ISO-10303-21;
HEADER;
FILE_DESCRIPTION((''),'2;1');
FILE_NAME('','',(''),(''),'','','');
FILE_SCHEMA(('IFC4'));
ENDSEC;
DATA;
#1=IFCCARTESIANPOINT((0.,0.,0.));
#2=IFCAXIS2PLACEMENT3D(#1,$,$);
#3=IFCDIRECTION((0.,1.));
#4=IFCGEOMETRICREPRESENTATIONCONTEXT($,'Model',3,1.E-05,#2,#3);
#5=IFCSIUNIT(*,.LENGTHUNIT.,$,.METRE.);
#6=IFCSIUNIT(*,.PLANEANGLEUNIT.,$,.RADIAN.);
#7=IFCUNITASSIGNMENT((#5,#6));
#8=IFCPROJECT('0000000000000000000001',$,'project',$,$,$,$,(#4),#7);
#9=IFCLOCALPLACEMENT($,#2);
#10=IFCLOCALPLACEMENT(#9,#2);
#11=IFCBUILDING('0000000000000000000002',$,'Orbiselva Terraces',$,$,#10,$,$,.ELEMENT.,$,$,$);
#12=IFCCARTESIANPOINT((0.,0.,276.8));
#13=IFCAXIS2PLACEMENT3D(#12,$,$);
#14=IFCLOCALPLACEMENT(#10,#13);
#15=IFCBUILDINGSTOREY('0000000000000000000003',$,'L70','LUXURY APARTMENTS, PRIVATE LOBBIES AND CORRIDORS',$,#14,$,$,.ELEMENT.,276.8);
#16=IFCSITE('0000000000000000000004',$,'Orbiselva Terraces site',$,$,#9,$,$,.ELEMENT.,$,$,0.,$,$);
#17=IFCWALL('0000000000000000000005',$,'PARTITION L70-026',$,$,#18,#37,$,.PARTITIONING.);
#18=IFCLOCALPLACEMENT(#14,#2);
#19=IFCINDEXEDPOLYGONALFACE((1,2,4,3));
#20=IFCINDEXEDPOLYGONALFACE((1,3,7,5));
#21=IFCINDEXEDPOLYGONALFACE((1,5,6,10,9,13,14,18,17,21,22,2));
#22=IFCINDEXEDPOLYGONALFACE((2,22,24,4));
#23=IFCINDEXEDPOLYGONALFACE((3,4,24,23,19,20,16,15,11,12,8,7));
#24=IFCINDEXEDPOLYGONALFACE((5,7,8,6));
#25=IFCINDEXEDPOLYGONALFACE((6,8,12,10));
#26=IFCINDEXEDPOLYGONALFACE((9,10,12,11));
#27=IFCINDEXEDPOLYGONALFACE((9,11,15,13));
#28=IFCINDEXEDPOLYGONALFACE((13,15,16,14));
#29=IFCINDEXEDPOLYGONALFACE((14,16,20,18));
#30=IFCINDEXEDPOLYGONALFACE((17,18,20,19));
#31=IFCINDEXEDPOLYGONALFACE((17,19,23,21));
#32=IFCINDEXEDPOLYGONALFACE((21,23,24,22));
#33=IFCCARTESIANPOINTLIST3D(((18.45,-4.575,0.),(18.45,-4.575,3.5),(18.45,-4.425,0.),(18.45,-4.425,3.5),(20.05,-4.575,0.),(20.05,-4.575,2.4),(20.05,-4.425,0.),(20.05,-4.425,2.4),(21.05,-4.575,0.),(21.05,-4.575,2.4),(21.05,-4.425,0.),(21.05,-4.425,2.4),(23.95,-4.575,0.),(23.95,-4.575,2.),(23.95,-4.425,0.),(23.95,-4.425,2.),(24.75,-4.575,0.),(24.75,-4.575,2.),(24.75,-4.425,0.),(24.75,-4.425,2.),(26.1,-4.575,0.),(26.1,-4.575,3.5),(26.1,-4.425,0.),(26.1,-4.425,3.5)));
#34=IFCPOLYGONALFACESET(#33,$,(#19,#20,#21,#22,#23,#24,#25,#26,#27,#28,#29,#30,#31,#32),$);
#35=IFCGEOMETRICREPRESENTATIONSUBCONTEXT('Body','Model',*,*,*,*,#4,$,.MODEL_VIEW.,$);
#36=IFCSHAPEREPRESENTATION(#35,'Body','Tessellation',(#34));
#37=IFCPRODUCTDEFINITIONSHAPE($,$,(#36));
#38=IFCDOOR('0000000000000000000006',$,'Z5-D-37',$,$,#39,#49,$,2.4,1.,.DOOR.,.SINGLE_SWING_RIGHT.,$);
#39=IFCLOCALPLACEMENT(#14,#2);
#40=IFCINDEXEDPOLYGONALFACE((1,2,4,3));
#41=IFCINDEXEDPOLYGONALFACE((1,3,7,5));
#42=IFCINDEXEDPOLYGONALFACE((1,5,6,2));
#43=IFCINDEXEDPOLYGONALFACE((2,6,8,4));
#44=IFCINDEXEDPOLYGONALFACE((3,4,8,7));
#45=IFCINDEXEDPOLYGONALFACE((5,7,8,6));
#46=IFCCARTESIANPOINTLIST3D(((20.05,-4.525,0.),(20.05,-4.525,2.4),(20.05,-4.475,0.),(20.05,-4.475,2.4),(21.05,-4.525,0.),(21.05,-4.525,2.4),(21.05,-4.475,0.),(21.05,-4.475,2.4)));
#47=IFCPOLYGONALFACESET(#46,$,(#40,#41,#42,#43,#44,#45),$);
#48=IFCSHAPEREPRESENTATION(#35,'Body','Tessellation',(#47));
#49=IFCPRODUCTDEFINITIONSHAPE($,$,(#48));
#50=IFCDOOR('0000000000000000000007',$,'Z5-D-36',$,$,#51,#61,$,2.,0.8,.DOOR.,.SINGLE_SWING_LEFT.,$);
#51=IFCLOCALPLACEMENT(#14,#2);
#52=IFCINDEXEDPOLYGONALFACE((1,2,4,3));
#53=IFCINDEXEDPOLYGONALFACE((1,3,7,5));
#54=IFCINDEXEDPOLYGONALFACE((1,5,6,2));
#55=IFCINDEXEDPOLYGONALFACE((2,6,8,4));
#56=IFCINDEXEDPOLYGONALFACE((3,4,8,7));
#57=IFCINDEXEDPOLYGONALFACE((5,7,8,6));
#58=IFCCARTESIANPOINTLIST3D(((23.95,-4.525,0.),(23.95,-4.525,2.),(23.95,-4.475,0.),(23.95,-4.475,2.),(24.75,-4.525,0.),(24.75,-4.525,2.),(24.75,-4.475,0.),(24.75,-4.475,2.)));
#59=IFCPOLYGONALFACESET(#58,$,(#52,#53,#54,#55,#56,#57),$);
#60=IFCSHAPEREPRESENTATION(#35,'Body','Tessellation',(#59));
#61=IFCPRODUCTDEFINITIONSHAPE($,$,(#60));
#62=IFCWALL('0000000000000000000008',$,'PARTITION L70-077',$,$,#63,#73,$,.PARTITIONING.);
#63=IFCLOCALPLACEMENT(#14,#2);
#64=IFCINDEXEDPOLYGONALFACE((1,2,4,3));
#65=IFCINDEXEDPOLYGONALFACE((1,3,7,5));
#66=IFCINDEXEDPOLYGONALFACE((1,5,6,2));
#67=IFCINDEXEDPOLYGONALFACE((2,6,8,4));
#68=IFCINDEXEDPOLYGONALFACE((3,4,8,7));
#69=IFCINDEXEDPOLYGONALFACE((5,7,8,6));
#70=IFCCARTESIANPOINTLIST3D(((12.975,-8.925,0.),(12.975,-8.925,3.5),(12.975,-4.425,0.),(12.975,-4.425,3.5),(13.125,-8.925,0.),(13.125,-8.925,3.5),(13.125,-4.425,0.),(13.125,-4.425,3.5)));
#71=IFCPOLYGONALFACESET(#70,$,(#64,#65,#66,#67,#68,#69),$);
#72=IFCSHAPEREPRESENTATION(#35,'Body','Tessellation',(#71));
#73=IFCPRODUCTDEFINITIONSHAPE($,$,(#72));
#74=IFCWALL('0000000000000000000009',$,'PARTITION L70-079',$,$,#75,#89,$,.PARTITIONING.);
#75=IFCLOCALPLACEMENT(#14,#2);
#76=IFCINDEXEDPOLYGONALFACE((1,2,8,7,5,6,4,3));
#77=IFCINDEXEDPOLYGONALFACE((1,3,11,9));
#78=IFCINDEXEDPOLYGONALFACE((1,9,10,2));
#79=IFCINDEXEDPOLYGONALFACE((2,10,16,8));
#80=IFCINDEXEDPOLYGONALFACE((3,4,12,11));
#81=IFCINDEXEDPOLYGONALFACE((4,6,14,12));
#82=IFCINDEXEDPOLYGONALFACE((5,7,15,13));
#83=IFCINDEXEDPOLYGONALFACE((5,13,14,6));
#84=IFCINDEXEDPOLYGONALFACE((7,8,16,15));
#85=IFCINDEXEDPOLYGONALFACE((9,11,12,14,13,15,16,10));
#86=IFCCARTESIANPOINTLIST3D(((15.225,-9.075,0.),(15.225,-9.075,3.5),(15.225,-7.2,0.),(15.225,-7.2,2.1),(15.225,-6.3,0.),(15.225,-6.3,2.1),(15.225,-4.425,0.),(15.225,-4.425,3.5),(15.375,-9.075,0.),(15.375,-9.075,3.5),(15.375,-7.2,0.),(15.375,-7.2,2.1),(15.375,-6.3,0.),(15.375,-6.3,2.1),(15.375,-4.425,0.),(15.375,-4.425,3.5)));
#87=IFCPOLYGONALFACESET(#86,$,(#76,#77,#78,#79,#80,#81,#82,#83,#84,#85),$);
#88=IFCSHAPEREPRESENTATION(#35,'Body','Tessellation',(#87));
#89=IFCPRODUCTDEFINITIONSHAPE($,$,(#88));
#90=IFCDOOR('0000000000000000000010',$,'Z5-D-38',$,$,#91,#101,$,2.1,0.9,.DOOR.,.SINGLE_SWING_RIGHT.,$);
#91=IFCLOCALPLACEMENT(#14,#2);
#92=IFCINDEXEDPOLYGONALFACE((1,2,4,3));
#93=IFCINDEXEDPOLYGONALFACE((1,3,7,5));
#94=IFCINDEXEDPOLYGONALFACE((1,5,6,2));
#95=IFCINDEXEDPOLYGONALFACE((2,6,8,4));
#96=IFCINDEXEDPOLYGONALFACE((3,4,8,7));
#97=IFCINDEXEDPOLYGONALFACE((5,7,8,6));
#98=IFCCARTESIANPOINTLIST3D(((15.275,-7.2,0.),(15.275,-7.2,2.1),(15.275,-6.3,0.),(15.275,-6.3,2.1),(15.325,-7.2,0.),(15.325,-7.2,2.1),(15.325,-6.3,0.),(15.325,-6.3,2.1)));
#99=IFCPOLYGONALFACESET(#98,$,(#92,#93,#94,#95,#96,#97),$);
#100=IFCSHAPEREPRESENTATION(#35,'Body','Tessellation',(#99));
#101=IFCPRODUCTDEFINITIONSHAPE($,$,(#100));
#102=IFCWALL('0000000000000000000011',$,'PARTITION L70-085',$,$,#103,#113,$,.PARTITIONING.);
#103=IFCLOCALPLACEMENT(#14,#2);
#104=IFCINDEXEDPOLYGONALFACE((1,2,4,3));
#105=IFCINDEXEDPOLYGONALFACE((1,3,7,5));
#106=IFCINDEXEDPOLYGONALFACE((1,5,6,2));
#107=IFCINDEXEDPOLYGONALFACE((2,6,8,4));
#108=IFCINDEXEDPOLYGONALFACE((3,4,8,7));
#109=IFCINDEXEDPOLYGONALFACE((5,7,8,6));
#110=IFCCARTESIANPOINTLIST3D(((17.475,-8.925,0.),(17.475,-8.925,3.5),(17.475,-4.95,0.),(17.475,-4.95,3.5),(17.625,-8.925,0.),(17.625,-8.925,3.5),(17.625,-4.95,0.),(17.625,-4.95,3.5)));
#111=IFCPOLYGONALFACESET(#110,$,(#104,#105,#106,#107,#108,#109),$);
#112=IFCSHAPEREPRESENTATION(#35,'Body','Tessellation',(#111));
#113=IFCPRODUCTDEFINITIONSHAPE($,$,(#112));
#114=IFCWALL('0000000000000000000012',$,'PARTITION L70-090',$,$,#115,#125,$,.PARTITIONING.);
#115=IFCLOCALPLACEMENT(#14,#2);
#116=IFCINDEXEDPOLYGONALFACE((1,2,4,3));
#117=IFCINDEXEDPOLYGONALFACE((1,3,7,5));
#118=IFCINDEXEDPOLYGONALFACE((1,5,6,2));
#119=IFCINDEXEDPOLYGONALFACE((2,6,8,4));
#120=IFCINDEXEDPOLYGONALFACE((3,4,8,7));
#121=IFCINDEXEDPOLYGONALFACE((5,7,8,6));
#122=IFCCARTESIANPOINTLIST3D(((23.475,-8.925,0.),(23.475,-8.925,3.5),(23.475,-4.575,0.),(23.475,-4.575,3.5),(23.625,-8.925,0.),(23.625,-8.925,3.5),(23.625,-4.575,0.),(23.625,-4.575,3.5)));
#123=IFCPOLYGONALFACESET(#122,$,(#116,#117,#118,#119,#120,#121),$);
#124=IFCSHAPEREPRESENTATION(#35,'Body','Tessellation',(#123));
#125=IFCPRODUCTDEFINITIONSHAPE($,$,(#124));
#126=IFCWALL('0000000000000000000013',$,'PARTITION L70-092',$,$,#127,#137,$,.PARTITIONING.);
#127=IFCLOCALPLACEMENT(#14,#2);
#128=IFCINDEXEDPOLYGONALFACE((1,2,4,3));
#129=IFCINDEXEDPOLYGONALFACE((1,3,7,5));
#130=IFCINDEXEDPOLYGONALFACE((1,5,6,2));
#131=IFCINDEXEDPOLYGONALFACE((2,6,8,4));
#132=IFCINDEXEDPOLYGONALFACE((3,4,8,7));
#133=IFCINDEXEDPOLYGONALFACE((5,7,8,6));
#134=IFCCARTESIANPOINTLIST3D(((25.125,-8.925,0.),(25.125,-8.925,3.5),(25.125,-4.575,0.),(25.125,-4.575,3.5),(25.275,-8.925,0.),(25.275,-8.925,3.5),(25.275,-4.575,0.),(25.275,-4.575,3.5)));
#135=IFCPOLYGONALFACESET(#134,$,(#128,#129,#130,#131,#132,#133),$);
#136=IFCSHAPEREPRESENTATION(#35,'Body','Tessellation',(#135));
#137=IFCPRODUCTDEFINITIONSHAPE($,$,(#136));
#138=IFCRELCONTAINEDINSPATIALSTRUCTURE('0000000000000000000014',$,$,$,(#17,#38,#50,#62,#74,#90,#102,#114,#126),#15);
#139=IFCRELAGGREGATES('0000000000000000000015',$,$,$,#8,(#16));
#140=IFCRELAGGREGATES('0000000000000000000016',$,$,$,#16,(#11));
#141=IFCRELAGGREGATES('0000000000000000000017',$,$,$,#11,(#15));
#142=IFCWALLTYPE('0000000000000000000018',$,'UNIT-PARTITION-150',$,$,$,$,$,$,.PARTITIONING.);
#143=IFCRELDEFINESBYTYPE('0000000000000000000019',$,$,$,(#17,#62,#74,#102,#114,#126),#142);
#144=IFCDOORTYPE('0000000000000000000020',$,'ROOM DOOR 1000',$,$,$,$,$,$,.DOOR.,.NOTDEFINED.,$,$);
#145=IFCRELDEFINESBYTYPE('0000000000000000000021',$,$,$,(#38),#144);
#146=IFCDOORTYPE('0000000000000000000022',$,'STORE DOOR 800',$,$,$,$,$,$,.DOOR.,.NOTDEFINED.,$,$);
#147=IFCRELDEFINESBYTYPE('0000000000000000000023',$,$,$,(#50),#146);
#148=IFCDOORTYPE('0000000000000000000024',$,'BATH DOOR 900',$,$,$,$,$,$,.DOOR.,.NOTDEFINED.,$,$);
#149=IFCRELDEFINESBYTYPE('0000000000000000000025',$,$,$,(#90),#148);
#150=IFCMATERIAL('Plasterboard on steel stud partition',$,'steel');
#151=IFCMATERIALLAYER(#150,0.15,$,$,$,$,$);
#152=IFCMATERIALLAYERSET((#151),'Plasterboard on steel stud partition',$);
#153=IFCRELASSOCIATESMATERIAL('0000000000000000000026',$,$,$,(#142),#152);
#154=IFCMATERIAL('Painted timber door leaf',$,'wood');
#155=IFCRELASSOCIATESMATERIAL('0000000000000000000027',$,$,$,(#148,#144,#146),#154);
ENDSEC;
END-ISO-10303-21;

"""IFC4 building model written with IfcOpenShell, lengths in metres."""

from ifc_helpers import new_model, si_unit, direction, frame, frame_2d, origin, place, context, subcontext, project, spatial, rectangle, extrude, material, layer, layer_set, type_object, element, fill, save


model = new_model("IFC4")

# Units and contexts
model_context = context("Model", 3, precision=1e-05, world=origin(), true_north=direction((0.0, 1.0)))
body_context = subcontext(model_context, "Body", "Model", "MODEL_VIEW")
ifc_project = project(units=[si_unit("LENGTHUNIT", "METRE"), si_unit("PLANEANGLEUNIT", "RADIAN")], contexts=[model_context])

# Site, building, storey
site_placement = place(None, origin())
site = spatial("IfcSite", under=ifc_project, at=site_placement, Name="Orbiselva Terraces site", CompositionType="ELEMENT", RefElevation=0.0)
building_placement = place(site_placement, origin())
building = spatial("IfcBuilding", under=site, at=building_placement, Name="Orbiselva Terraces", CompositionType="ELEMENT")
storey_placement = place(building_placement, frame((0.0, 0.0, 276.8)))
storey = spatial("IfcBuildingStorey", under=building, at=storey_placement, Name="L70", Description="LUXURY APARTMENTS, PRIVATE LOBBIES AND CORRIDORS", CompositionType="ELEMENT", Elevation=276.8)

# Shared definitions
ifc_material_1 = material(Name="Plasterboard on steel stud partition", Category="steel")

# Shared definitions
ifc_layer_1 = layer(ifc_material_1, 0.15)
ifc_layer_set_1 = layer_set([ifc_layer_1], Name="Plasterboard on steel stud partition")
wall_type_1 = type_object("IfcWallType", Name="UNIT-PARTITION-150", PredefinedType="PARTITIONING", material=ifc_layer_set_1)
ifc_material_2 = material(Name="Painted timber door leaf", Category="wood")
door_type_1 = type_object("IfcDoorType", Name="BATH DOOR 900", OperationType="NOTDEFINED", PredefinedType="DOOR", material=ifc_material_2)

# Shared definitions
door_type_2 = type_object("IfcDoorType", Name="ROOM DOOR 1000", OperationType="NOTDEFINED", PredefinedType="DOOR", material=ifc_material_2)

# Shared definitions
door_type_3 = type_object("IfcDoorType", Name="STORE DOOR 800", OperationType="NOTDEFINED", PredefinedType="DOOR", material=ifc_material_2)

# Wall, openings, doors
wall_1_placement = place(storey_placement, frame((26.1, -4.5, 0.0), z_axis=(0.0, 0.0, 1.0), x_axis=(-1.0, 0.0, 0.0)))
wall_1 = element("IfcWall", 1, at=wall_1_placement, inside=storey, type_object=wall_type_1, Name="PARTITION L70-026", PredefinedType="PARTITIONING", context=body_context, shape_type="SweptSolid", body=[
    extrude(rectangle(XDim=7.65, YDim=0.15, at=frame_2d((3.825, 0.0))), origin(), (0.0, 0.0, 1.0), 3.5),
])
opening_1_placement = place(wall_1_placement, frame((1.35, 0.0, 0.0)))
opening_1 = element("IfcOpeningElement", 2, at=opening_1_placement, cuts=wall_1, PredefinedType="OPENING", context=body_context, shape_type="SweptSolid", body=[
    extrude(rectangle(XDim=0.8, YDim=2.0, at=frame_2d((0.4, 1.0))), frame((0.0, 0.085, 0.0), z_axis=(0.0, -1.0, 0.0), x_axis=(1.0, 0.0, 0.0)), (0.0, 0.0, 1.0), 0.17),
])
opening_2_placement = place(wall_1_placement, frame((5.05, 0.0, 0.0)))
opening_2 = element("IfcOpeningElement", 3, at=opening_2_placement, cuts=wall_1, PredefinedType="OPENING", context=body_context, shape_type="SweptSolid", body=[
    extrude(rectangle(XDim=1.0, YDim=2.4, at=frame_2d((0.5, 1.2))), frame((0.0, 0.085, 0.0), z_axis=(0.0, -1.0, 0.0), x_axis=(1.0, 0.0, 0.0)), (0.0, 0.0, 1.0), 0.17),
])
door_1_placement = place(opening_2_placement, origin())
door_1 = element("IfcDoor", 4, at=door_1_placement, inside=storey, type_object=door_type_2, Name="Z5-D-37", OperationType="SINGLE_SWING_RIGHT", OverallHeight=2.4, OverallWidth=1.0, PredefinedType="DOOR", context=body_context, shape_type="SweptSolid", body=[
    extrude(rectangle(XDim=1.0, YDim=2.4, at=frame_2d((0.5, 1.2))), frame((0.0, 0.025, 0.0), z_axis=(0.0, -1.0, 0.0), x_axis=(1.0, 0.0, 0.0)), (0.0, 0.0, 1.0), 0.05),
])
fill(opening_2, door_1)
door_2_placement = place(opening_1_placement, origin())
door_2 = element("IfcDoor", 5, at=door_2_placement, inside=storey, type_object=door_type_3, Name="Z5-D-36", OperationType="SINGLE_SWING_LEFT", OverallHeight=2.0, OverallWidth=0.8, PredefinedType="DOOR", context=body_context, shape_type="SweptSolid", body=[
    extrude(rectangle(XDim=0.8, YDim=2.0, at=frame_2d((0.4, 1.0))), frame((0.0, 0.025, 0.0), z_axis=(0.0, -1.0, 0.0), x_axis=(1.0, 0.0, 0.0)), (0.0, 0.0, 1.0), 0.05),
])
fill(opening_1, door_2)

# Wall
wall_2_placement = place(storey_placement, frame((13.05, -8.925, 0.0), z_axis=(0.0, 0.0, 1.0), x_axis=(0.0, 1.0, 0.0)))
element("IfcWall", 6, at=wall_2_placement, inside=storey, type_object=wall_type_1, Name="PARTITION L70-077", PredefinedType="PARTITIONING", context=body_context, shape_type="SweptSolid", body=[
    extrude(rectangle(XDim=4.5, YDim=0.15, at=frame_2d((2.25, 0.0))), origin(), (0.0, 0.0, 1.0), 3.5),
])

# Wall, opening, door
wall_3_placement = place(storey_placement, frame((15.3, -4.425, 0.0), z_axis=(0.0, 0.0, 1.0), x_axis=(0.0, -1.0, 0.0)))
wall_3 = element("IfcWall", 7, at=wall_3_placement, inside=storey, type_object=wall_type_1, Name="PARTITION L70-079", PredefinedType="PARTITIONING", context=body_context, shape_type="SweptSolid", body=[
    extrude(rectangle(XDim=4.65, YDim=0.15, at=frame_2d((2.325, 0.0))), origin(), (0.0, 0.0, 1.0), 3.5),
])
opening_3_placement = place(wall_3_placement, frame((1.875, 0.0, 0.0)))
opening_3 = element("IfcOpeningElement", 8, at=opening_3_placement, cuts=wall_3, PredefinedType="OPENING", context=body_context, shape_type="SweptSolid", body=[
    extrude(rectangle(XDim=0.9, YDim=2.1, at=frame_2d((0.45, 1.05))), frame((0.0, 0.085, 0.0), z_axis=(0.0, -1.0, 0.0), x_axis=(1.0, 0.0, 0.0)), (0.0, 0.0, 1.0), 0.17),
])
door_3_placement = place(opening_3_placement, origin())
door_3 = element("IfcDoor", 9, at=door_3_placement, inside=storey, type_object=door_type_1, Name="Z5-D-38", OperationType="SINGLE_SWING_RIGHT", OverallHeight=2.1, OverallWidth=0.9, PredefinedType="DOOR", context=body_context, shape_type="SweptSolid", body=[
    extrude(rectangle(XDim=0.9, YDim=2.1, at=frame_2d((0.45, 1.05))), frame((0.0, 0.025, 0.0), z_axis=(0.0, -1.0, 0.0), x_axis=(1.0, 0.0, 0.0)), (0.0, 0.0, 1.0), 0.05),
])
fill(opening_3, door_3)

# Walls
wall_4_placement = place(storey_placement, frame((17.55, -8.925, 0.0), z_axis=(0.0, 0.0, 1.0), x_axis=(0.0, 1.0, 0.0)))
element("IfcWall", 10, at=wall_4_placement, inside=storey, type_object=wall_type_1, Name="PARTITION L70-085", PredefinedType="PARTITIONING", context=body_context, shape_type="SweptSolid", body=[
    extrude(rectangle(XDim=3.975, YDim=0.15, at=frame_2d((1.9875, 0.0))), origin(), (0.0, 0.0, 1.0), 3.5),
])
for number, where, z_axis, x_axis, name in (
    (11, (23.55, -8.925, 0.0), (0.0, 0.0, 1.0), (0.0, 1.0, 0.0), "PARTITION L70-090"),
    (12, (25.2, -8.925, 0.0), (0.0, 0.0, 1.0), (0.0, 1.0, 0.0), "PARTITION L70-092"),
):
    element("IfcWall", number, at=place(storey_placement, frame(where, z_axis=z_axis, x_axis=x_axis)), inside=storey, type_object=wall_type_1, Name=name, PredefinedType="PARTITIONING", context=body_context, shape_type="SweptSolid", body=[
        extrude(rectangle(XDim=4.35, YDim=0.15, at=frame_2d((2.175, 0.0))), origin(), (0.0, 0.0, 1.0), 3.5),
    ])

save(model, "model.ifc")
